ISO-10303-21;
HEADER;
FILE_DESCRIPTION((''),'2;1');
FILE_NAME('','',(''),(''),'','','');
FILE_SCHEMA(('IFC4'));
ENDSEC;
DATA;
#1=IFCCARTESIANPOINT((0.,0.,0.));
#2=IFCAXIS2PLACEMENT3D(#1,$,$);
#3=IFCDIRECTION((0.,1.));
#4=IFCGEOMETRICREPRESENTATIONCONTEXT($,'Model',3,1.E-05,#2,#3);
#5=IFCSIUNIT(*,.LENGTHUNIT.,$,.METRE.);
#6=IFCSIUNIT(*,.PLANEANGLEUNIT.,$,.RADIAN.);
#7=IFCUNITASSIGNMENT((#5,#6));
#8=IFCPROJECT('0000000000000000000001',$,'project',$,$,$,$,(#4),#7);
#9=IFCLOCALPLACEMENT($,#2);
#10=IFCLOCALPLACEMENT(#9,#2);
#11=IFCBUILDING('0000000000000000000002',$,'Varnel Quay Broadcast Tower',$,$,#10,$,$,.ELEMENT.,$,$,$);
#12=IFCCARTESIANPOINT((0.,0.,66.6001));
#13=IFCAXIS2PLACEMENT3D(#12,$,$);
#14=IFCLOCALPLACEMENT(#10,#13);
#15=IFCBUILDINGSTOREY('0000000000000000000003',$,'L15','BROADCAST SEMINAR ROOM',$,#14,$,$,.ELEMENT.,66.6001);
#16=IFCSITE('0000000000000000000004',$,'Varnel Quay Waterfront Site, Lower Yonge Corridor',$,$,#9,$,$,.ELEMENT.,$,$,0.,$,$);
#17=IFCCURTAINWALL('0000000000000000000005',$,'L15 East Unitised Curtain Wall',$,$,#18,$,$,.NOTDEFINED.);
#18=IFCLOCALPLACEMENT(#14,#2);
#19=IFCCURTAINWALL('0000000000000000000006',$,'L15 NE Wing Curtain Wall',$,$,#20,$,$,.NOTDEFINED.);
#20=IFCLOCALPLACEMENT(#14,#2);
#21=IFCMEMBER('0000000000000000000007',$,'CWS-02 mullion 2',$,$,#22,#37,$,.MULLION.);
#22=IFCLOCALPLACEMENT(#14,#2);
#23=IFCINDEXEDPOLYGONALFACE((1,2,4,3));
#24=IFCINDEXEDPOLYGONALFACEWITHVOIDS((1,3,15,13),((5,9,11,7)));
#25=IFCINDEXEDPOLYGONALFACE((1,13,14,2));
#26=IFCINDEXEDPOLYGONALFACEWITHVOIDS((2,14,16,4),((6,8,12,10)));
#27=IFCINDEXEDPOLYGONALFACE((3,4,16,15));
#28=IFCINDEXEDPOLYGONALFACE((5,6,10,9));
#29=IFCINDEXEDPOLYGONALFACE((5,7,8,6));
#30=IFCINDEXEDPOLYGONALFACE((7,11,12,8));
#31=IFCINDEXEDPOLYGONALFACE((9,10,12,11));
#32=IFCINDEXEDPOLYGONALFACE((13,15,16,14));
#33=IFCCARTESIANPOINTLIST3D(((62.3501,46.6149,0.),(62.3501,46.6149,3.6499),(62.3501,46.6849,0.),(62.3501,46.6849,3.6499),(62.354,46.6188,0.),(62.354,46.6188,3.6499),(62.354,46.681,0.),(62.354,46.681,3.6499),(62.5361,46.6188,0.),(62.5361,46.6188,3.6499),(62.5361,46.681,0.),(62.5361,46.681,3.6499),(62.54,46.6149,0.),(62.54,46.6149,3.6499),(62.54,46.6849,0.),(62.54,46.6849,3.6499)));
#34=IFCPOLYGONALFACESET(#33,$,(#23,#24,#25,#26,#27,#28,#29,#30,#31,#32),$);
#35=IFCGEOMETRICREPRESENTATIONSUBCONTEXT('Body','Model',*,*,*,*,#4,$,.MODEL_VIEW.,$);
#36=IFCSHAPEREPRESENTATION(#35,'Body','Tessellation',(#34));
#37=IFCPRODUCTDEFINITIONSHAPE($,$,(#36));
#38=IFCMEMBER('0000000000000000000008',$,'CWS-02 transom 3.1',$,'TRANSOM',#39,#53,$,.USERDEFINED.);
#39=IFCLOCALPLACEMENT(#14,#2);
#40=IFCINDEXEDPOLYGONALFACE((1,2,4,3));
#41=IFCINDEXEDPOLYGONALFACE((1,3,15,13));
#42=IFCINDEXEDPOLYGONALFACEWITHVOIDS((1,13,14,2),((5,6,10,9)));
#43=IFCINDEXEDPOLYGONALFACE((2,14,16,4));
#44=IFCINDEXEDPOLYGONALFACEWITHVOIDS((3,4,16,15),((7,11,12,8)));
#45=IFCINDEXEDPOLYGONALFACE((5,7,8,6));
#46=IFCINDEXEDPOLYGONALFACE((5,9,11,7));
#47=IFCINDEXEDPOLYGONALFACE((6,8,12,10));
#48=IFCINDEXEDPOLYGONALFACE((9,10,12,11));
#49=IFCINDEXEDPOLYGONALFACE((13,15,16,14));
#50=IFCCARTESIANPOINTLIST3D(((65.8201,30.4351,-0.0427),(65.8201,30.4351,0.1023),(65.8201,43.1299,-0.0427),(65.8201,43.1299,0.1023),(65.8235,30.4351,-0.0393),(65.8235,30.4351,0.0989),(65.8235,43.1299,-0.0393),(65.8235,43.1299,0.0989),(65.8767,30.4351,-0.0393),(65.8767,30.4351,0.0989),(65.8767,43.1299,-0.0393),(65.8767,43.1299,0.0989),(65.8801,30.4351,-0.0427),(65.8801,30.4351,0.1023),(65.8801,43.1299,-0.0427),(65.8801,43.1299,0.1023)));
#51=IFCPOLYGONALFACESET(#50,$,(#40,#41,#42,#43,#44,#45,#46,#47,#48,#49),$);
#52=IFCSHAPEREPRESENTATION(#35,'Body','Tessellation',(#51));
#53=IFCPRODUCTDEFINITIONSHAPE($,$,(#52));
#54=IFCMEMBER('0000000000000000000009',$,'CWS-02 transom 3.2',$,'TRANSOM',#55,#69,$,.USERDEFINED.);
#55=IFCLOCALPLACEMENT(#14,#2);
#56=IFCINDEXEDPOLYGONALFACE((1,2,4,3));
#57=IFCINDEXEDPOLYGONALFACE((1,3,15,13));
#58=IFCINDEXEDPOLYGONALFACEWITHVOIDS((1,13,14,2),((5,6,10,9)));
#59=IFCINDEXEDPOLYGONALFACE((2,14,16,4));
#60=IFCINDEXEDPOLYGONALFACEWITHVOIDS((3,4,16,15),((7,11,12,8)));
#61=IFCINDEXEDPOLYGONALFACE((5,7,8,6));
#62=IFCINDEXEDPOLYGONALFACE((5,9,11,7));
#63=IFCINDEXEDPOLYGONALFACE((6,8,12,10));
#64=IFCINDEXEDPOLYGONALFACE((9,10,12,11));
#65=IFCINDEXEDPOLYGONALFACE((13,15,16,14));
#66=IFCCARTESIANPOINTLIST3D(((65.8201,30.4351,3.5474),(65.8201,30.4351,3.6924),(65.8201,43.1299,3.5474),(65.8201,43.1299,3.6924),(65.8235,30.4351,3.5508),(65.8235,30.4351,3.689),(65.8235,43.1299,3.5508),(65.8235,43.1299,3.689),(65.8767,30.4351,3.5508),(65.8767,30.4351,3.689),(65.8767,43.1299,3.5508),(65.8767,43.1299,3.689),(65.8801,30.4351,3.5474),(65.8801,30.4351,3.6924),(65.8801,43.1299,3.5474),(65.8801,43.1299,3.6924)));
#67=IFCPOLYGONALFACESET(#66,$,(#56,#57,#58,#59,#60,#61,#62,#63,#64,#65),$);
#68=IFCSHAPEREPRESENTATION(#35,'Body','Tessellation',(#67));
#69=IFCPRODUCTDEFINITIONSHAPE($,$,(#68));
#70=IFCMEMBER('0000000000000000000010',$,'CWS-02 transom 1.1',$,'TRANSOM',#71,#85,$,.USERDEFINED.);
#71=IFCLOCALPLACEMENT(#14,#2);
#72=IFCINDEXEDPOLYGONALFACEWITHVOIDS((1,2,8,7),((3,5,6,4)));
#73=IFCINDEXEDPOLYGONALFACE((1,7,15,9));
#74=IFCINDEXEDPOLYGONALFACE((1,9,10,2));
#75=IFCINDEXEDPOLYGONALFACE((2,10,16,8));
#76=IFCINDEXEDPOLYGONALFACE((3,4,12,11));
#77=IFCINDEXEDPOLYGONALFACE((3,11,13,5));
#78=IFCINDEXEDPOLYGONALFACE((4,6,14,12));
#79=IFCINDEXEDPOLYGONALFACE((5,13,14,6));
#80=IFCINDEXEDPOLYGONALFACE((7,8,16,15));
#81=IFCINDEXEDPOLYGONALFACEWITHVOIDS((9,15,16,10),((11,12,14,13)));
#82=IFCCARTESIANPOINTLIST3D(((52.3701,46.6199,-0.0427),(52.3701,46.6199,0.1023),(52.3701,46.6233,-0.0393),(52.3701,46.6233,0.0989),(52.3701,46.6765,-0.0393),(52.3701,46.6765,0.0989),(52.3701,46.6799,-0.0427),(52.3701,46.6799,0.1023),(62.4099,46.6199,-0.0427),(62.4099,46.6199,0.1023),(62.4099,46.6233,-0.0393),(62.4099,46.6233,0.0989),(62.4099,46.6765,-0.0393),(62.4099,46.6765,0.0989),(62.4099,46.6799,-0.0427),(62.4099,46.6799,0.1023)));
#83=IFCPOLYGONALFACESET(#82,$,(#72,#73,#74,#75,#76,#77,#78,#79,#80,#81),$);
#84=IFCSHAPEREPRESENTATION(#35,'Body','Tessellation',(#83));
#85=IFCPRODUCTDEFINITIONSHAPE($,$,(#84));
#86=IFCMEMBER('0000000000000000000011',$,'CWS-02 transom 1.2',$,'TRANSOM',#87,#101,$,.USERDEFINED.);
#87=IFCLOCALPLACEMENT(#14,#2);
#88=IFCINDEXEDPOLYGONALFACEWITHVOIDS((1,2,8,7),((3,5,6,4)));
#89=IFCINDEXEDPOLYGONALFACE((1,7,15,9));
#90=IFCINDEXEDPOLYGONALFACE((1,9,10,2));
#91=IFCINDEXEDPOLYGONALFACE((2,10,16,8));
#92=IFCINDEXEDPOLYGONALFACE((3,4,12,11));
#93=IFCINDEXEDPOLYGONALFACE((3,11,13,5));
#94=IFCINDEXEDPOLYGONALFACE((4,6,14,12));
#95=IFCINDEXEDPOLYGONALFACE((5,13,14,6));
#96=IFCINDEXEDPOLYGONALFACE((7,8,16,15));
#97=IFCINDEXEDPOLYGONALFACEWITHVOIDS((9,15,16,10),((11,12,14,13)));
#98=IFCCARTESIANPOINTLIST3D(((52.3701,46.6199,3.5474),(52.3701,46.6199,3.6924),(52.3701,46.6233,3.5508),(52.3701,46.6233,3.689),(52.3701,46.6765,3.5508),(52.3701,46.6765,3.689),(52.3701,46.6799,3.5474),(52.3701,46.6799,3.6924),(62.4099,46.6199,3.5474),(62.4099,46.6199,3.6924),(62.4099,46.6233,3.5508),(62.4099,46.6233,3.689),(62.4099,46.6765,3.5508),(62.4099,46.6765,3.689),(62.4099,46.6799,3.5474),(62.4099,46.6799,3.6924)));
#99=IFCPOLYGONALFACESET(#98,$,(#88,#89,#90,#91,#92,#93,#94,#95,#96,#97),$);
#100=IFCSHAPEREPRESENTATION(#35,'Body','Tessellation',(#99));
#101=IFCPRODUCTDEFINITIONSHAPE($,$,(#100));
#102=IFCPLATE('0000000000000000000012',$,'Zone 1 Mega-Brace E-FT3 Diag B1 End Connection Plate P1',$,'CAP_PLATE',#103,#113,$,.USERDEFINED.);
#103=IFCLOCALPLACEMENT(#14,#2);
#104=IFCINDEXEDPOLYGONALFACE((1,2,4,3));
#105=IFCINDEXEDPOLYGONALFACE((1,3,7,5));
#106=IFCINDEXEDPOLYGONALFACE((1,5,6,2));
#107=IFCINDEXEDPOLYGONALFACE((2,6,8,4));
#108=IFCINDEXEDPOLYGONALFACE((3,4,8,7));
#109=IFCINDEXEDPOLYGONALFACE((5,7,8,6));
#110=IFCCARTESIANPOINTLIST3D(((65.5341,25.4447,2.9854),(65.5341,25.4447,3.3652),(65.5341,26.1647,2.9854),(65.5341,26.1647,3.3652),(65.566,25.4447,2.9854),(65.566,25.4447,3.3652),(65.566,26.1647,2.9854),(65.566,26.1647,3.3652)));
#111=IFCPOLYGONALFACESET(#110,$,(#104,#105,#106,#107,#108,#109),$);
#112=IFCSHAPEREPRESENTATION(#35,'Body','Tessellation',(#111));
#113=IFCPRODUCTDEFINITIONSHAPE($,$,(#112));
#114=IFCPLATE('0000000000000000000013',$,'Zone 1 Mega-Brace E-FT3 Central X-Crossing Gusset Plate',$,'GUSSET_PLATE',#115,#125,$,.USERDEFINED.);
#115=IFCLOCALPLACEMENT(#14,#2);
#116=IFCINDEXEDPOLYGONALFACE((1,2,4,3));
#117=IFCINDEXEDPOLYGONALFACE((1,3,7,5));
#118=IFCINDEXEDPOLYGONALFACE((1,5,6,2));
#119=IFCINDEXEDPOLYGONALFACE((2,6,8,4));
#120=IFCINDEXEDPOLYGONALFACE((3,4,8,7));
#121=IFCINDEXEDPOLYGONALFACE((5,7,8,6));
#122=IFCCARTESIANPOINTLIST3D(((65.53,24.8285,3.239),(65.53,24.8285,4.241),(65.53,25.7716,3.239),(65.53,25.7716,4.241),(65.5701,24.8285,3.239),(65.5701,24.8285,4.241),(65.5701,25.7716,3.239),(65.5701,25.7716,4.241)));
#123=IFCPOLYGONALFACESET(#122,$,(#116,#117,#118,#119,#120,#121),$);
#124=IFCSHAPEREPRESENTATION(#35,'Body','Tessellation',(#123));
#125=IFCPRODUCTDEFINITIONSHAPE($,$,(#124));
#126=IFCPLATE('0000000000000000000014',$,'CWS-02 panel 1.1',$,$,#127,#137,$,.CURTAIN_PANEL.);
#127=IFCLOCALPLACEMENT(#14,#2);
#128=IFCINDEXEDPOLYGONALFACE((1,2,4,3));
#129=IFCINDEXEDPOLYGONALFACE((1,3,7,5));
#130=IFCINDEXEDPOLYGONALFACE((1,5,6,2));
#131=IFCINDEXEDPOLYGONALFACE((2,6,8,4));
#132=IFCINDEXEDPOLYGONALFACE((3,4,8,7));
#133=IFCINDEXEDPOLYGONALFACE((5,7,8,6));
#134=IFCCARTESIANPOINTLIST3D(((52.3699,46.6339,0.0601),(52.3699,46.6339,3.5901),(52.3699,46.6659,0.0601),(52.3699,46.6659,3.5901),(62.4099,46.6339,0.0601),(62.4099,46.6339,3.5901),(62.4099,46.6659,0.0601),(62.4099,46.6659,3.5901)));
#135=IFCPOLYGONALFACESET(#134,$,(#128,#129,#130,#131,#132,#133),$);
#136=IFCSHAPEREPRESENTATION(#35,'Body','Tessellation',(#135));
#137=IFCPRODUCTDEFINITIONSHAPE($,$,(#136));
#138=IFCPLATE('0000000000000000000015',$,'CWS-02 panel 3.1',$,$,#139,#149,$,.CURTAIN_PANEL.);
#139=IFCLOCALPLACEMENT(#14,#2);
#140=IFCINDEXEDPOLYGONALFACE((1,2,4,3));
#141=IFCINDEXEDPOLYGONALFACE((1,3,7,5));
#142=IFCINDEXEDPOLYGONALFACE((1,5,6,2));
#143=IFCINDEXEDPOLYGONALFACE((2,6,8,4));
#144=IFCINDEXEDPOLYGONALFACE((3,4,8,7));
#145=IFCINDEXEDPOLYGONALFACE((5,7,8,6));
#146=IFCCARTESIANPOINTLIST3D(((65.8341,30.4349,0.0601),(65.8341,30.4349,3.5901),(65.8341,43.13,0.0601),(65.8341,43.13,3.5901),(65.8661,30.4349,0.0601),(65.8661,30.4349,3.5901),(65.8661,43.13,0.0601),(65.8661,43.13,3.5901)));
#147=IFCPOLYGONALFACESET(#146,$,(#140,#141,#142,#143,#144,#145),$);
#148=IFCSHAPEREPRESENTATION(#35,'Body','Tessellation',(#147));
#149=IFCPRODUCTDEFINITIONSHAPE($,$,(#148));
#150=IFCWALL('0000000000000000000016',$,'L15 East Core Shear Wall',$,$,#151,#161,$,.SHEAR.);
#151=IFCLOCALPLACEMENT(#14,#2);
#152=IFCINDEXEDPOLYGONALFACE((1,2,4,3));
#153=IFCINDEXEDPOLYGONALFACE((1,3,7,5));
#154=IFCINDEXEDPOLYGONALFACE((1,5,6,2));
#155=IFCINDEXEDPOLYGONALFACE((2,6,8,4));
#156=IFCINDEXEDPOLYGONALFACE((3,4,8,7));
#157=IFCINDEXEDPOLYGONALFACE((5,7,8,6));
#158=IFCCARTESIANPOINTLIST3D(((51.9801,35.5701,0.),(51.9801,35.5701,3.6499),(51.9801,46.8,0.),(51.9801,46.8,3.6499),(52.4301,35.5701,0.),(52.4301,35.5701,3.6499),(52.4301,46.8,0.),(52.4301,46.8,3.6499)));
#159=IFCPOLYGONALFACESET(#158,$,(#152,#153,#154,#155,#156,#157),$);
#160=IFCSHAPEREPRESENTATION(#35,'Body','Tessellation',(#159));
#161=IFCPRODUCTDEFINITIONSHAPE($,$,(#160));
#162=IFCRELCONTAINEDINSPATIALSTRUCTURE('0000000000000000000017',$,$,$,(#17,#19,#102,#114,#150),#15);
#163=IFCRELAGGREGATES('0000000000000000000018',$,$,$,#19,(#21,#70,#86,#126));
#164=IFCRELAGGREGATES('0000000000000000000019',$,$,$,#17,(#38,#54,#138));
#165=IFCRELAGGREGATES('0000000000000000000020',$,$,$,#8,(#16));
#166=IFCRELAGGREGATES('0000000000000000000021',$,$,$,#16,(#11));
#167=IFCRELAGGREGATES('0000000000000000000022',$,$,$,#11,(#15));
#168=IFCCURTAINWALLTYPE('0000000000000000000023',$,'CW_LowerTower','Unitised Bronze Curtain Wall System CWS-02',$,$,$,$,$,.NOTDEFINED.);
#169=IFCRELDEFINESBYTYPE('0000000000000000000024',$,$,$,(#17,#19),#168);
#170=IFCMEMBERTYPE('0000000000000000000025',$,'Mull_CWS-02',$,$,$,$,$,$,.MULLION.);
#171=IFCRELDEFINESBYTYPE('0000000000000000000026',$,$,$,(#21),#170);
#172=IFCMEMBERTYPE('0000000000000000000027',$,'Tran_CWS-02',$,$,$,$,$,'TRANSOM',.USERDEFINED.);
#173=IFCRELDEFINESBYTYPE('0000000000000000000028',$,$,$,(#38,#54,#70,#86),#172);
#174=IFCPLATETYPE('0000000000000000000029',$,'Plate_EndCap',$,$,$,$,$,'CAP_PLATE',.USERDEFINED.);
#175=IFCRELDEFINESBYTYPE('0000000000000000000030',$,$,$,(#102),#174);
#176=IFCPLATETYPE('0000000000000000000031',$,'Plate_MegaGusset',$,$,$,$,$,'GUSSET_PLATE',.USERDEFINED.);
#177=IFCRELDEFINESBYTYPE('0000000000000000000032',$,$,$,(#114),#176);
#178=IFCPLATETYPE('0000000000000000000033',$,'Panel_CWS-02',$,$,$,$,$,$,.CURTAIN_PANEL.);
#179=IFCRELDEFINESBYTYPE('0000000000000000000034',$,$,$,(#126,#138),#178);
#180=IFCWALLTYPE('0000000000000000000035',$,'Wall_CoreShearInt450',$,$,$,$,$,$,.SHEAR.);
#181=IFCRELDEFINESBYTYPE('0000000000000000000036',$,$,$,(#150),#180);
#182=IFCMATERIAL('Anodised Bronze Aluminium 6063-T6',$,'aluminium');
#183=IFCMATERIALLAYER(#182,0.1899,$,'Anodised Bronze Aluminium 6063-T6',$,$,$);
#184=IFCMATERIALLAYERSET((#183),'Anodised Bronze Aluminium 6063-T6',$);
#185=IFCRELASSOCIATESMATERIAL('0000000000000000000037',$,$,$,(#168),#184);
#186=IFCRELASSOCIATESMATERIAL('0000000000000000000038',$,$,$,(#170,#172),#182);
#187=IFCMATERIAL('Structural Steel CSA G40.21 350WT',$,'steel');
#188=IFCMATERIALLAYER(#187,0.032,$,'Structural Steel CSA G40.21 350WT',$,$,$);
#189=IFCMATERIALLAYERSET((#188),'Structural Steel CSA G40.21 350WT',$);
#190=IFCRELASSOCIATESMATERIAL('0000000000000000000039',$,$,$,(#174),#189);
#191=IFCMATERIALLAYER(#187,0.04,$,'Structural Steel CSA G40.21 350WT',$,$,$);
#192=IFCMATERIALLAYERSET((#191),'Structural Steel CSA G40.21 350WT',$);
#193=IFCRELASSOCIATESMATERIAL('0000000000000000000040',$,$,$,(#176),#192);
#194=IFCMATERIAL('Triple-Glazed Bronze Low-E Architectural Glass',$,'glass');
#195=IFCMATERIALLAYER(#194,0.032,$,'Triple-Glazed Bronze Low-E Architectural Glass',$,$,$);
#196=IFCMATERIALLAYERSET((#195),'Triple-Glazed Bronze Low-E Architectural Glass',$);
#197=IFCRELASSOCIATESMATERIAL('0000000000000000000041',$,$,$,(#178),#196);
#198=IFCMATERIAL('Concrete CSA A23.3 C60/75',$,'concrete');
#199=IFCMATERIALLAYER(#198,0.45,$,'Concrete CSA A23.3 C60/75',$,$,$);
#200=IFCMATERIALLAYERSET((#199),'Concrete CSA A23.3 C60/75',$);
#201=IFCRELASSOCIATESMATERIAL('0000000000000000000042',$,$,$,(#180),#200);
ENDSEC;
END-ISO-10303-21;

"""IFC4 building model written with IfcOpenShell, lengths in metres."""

from ifc_helpers import new_model, si_unit, direction, frame, frame_2d, origin, origin_2d, place, context, subcontext, project, spatial, rectangle, hollow_rectangle, extrude, source, transform, mapped, material, layer, layer_set, material_profile, profile_set, type_object, type_shapes, element, aggregate, save


model = new_model("IFC4")

# Units and contexts
model_context = context("Model", 3, precision=1e-05, world=origin(), true_north=direction((0.0, 1.0)))
body_context = subcontext(model_context, "Body", "Model", "MODEL_VIEW")
ifc_project = project(units=[si_unit("LENGTHUNIT", "METRE"), si_unit("PLANEANGLEUNIT", "RADIAN")], contexts=[model_context])

# Site, building, storey
site_placement = place(None, origin())
site = spatial("IfcSite", under=ifc_project, at=site_placement, Name="Varnel Quay Waterfront Site, Lower Yonge Corridor", CompositionType="ELEMENT", RefElevation=0.0)
building_placement = place(site_placement, origin())
building = spatial("IfcBuilding", under=site, at=building_placement, Name="Varnel Quay Broadcast Tower", CompositionType="ELEMENT")
storey_placement = place(building_placement, frame((0.0, 0.0, 66.6001)))
storey = spatial("IfcBuildingStorey", under=building, at=storey_placement, Name="L15", Description="BROADCAST SEMINAR ROOM", CompositionType="ELEMENT", Elevation=66.6001)

# Shared definitions
ifc_material_1 = material(Name="Structural Steel CSA G40.21 350WT", Category="steel")

# Curtain walls, member
ifc_material_2 = material(Name="Anodised Bronze Aluminium 6063-T6", Category="aluminium")
ifc_layer_1 = layer(ifc_material_2, 0.1899, Name="Anodised Bronze Aluminium 6063-T6")
ifc_layer_set_1 = layer_set([ifc_layer_1], Name="Anodised Bronze Aluminium 6063-T6")
curtain_wall_type = type_object("IfcCurtainWallType", Name="CW_LowerTower", Description="Unitised Bronze Curtain Wall System CWS-02", PredefinedType="NOTDEFINED", material=ifc_layer_set_1)
curtain_wall_1_placement = place(storey_placement, origin())
curtain_wall_1 = element("IfcCurtainWall", 1, at=curtain_wall_1_placement, inside=storey, type_object=curtain_wall_type, Name="L15 East Unitised Curtain Wall", PredefinedType="NOTDEFINED")
ifc_material_profile_1 = material_profile(ifc_material_2, hollow_rectangle(XDim=0.0701, YDim=0.1899, WallThickness=0.0039, at=origin_2d()), Name="ALU70X190X4")
ifc_profile_set_1 = profile_set([ifc_material_profile_1], Name="Anodised Bronze Aluminium 6063-T6")
member_type_1 = type_object("IfcMemberType", Name="Mull_CWS-02", PredefinedType="MULLION", material=ifc_profile_set_1)
shared_shape_1 = source(origin(), body_context, "Body", "SweptSolid", [
    extrude(hollow_rectangle(XDim=0.0701, YDim=0.1899, WallThickness=0.0039, at=origin_2d()), origin(), (0.0, 0.0, 1.0), 3.6499),
])
type_shapes(member_type_1, [shared_shape_1])
curtain_wall_2_placement = place(storey_placement, origin())
curtain_wall_2 = element("IfcCurtainWall", 2, at=curtain_wall_2_placement, inside=storey, type_object=curtain_wall_type, Name="L15 NE Wing Curtain Wall", PredefinedType="NOTDEFINED")
member_1_placement = place(storey_placement, frame((62.4451, 46.6499, 0.0), z_axis=(0.0, 0.0, 1.0), x_axis=(0.0, 1.0, 0.0)))
member_1 = element("IfcMember", 3, at=member_1_placement, type_object=member_type_1, Name="CWS-02 mullion 2", PredefinedType="MULLION", context=body_context, shape_type="MappedRepresentation", body=[
    mapped(shared_shape_1, transform((0.0, 0.0, 0.0), x_axis=(1.0, 0.0, 0.0), y_axis=(0.0, 1.0, 0.0), z_axis=(0.0, 0.0, 1.0), scale=1.0)),
])

# Members
ifc_material_profile_2 = material_profile(ifc_material_2, hollow_rectangle(XDim=0.0601, YDim=0.145, WallThickness=0.0034, at=origin_2d()), Name="ALU60X145X3.5")
ifc_profile_set_2 = profile_set([ifc_material_profile_2], Name="Anodised Bronze Aluminium 6063-T6")
member_type_2 = type_object("IfcMemberType", Name="Tran_CWS-02", ElementType="TRANSOM", PredefinedType="USERDEFINED", material=ifc_profile_set_2)
shared_shape_2 = source(origin(), body_context, "Body", "SweptSolid", [
    extrude(hollow_rectangle(XDim=0.0601, YDim=0.145, WallThickness=0.0034, at=origin_2d()), origin(), (0.0, 0.0, 1.0), 12.6948),
])
member_2_placement = place(storey_placement, frame((65.8501, 30.4351, 0.0298), z_axis=(0.0, 1.0, 0.0), x_axis=(-1.0, 0.0, 0.0)))
member_2 = element("IfcMember", 4, at=member_2_placement, type_object=member_type_2, Name="CWS-02 transom 3.1", ObjectType="TRANSOM", PredefinedType="USERDEFINED", context=body_context, shape_type="MappedRepresentation", body=[
    mapped(shared_shape_2, transform((0.0, 0.0, 0.0), x_axis=(1.0, 0.0, 0.0), y_axis=(0.0, 1.0, 0.0), z_axis=(0.0, 0.0, 1.0), scale=1.0)),
])
member_3_placement = place(storey_placement, frame((65.8501, 30.4351, 3.6199), z_axis=(0.0, 1.0, 0.0), x_axis=(-1.0, 0.0, 0.0)))
member_3 = element("IfcMember", 5, at=member_3_placement, type_object=member_type_2, Name="CWS-02 transom 3.2", ObjectType="TRANSOM", PredefinedType="USERDEFINED", context=body_context, shape_type="MappedRepresentation", body=[
    mapped(shared_shape_2, transform((0.0, 0.0, 0.0), x_axis=(1.0, 0.0, 0.0), y_axis=(0.0, 1.0, 0.0), z_axis=(0.0, 0.0, 1.0), scale=1.0)),
])
shared_shape_3 = source(origin(), body_context, "Body", "SweptSolid", [
    extrude(hollow_rectangle(XDim=0.0601, YDim=0.145, WallThickness=0.0034, at=origin_2d()), origin(), (0.0, 0.0, 1.0), 10.0398),
])
type_shapes(member_type_2, [shared_shape_2, shared_shape_3])
member_4_placement = place(storey_placement, frame((52.3701, 46.6499, 0.0298), z_axis=(1.0, 0.0, 0.0), x_axis=(0.0, 1.0, 0.0)))
member_4 = element("IfcMember", 6, at=member_4_placement, type_object=member_type_2, Name="CWS-02 transom 1.1", ObjectType="TRANSOM", PredefinedType="USERDEFINED", context=body_context, shape_type="MappedRepresentation", body=[
    mapped(shared_shape_3, transform((0.0, 0.0, 0.0), x_axis=(1.0, 0.0, 0.0), y_axis=(0.0, 1.0, 0.0), z_axis=(0.0, 0.0, 1.0), scale=1.0)),
])
member_5_placement = place(storey_placement, frame((52.3701, 46.6499, 3.6199), z_axis=(1.0, 0.0, 0.0), x_axis=(0.0, 1.0, 0.0)))
member_5 = element("IfcMember", 7, at=member_5_placement, type_object=member_type_2, Name="CWS-02 transom 1.2", ObjectType="TRANSOM", PredefinedType="USERDEFINED", context=body_context, shape_type="MappedRepresentation", body=[
    mapped(shared_shape_3, transform((0.0, 0.0, 0.0), x_axis=(1.0, 0.0, 0.0), y_axis=(0.0, 1.0, 0.0), z_axis=(0.0, 0.0, 1.0), scale=1.0)),
])

# Plates
ifc_layer_2 = layer(ifc_material_1, 0.032, Name="Structural Steel CSA G40.21 350WT")
ifc_layer_set_2 = layer_set([ifc_layer_2], Name="Structural Steel CSA G40.21 350WT")
plate_type_1 = type_object("IfcPlateType", Name="Plate_EndCap", ElementType="CAP_PLATE", PredefinedType="USERDEFINED", material=ifc_layer_set_2)
shared_shape_4 = source(origin(), body_context, "Body", "SweptSolid", [
    extrude(rectangle(XDim=0.72, YDim=0.032, at=origin_2d()), origin(), (0.0, 0.0, 1.0), 0.3799),
])
type_shapes(plate_type_1, [shared_shape_4])
plate_1_placement = place(storey_placement, frame((65.55, 25.8047, 2.9854), z_axis=(0.0, 0.0, 1.0), x_axis=(0.0, 1.0, 0.0)))
element("IfcPlate", 8, at=plate_1_placement, inside=storey, type_object=plate_type_1, Name="Zone 1 Mega-Brace E-FT3 Diag B1 End Connection Plate P1", ObjectType="CAP_PLATE", PredefinedType="USERDEFINED", context=body_context, shape_type="MappedRepresentation", body=[
    mapped(shared_shape_4, transform((0.0, 0.0, 0.0), x_axis=(1.0, 0.0, 0.0), y_axis=(0.0, 1.0, 0.0), z_axis=(0.0, 0.0, 1.0), scale=1.0)),
])
ifc_layer_3 = layer(ifc_material_1, 0.04, Name="Structural Steel CSA G40.21 350WT")
ifc_layer_set_3 = layer_set([ifc_layer_3], Name="Structural Steel CSA G40.21 350WT")
plate_type_2 = type_object("IfcPlateType", Name="Plate_MegaGusset", ElementType="GUSSET_PLATE", PredefinedType="USERDEFINED", material=ifc_layer_set_3)
shared_shape_5 = source(origin(), body_context, "Body", "SweptSolid", [
    extrude(rectangle(XDim=0.9431, YDim=0.04, at=origin_2d()), origin(), (0.0, 0.0, 1.0), 1.002),
])
type_shapes(plate_type_2, [shared_shape_5])
plate_2_placement = place(storey_placement, frame((65.55, 25.3, 3.239), z_axis=(0.0, 0.0, 1.0), x_axis=(0.0, 1.0, 0.0)))
element("IfcPlate", 9, at=plate_2_placement, inside=storey, type_object=plate_type_2, Name="Zone 1 Mega-Brace E-FT3 Central X-Crossing Gusset Plate", ObjectType="GUSSET_PLATE", PredefinedType="USERDEFINED", context=body_context, shape_type="MappedRepresentation", body=[
    mapped(shared_shape_5, transform((0.0, 0.0, 0.0), x_axis=(1.0, 0.0, 0.0), y_axis=(0.0, 1.0, 0.0), z_axis=(0.0, 0.0, 1.0), scale=1.0)),
])

# Plates
ifc_material_3 = material(Name="Triple-Glazed Bronze Low-E Architectural Glass", Category="glass")
ifc_layer_4 = layer(ifc_material_3, 0.032, Name="Triple-Glazed Bronze Low-E Architectural Glass")
ifc_layer_set_4 = layer_set([ifc_layer_4], Name="Triple-Glazed Bronze Low-E Architectural Glass")
plate_type_3 = type_object("IfcPlateType", Name="Panel_CWS-02", PredefinedType="CURTAIN_PANEL", material=ifc_layer_set_4)
shared_shape_6 = source(origin(), body_context, "Body", "SweptSolid", [
    extrude(rectangle(XDim=10.04, YDim=0.032, at=origin_2d()), origin(), (0.0, 0.0, 1.0), 3.53),
])
plate_3_placement = place(storey_placement, frame((57.3899, 46.6499, 0.0601), z_axis=(0.0, 0.0, 1.0), x_axis=(1.0, 0.0, 0.0)))
plate_3 = element("IfcPlate", 10, at=plate_3_placement, type_object=plate_type_3, Name="CWS-02 panel 1.1", PredefinedType="CURTAIN_PANEL", context=body_context, shape_type="MappedRepresentation", body=[
    mapped(shared_shape_6, transform((0.0, 0.0, 0.0), x_axis=(1.0, 0.0, 0.0), y_axis=(0.0, 1.0, 0.0), z_axis=(0.0, 0.0, 1.0), scale=1.0)),
])
aggregate(curtain_wall_2, [member_1, member_4, member_5, plate_3])
shared_shape_7 = source(origin(), body_context, "Body", "SweptSolid", [
    extrude(rectangle(XDim=12.6951, YDim=0.032, at=origin_2d()), origin(), (0.0, 0.0, 1.0), 3.53),
])
type_shapes(plate_type_3, [shared_shape_6, shared_shape_7])
plate_4_placement = place(storey_placement, frame((65.8501, 36.7825, 0.0601), z_axis=(0.0, 0.0, 1.0), x_axis=(0.0, 1.0, 0.0)))
plate_4 = element("IfcPlate", 11, at=plate_4_placement, type_object=plate_type_3, Name="CWS-02 panel 3.1", PredefinedType="CURTAIN_PANEL", context=body_context, shape_type="MappedRepresentation", body=[
    mapped(shared_shape_7, transform((0.0, 0.0, 0.0), x_axis=(1.0, 0.0, 0.0), y_axis=(0.0, 1.0, 0.0), z_axis=(0.0, 0.0, 1.0), scale=1.0)),
])
aggregate(curtain_wall_1, [member_2, member_3, plate_4])

# Wall
ifc_material_4 = material(Name="Concrete CSA A23.3 C60/75", Category="concrete")
ifc_layer_5 = layer(ifc_material_4, 0.45, Name="Concrete CSA A23.3 C60/75")
ifc_layer_set_5 = layer_set([ifc_layer_5], Name="Concrete CSA A23.3 C60/75")
wall_type_1 = type_object("IfcWallType", Name="Wall_CoreShearInt450", PredefinedType="SHEAR", material=ifc_layer_set_5)
wall_1_placement = place(storey_placement, frame((52.2051, 35.5701, 0.0), z_axis=(0.0, 0.0, 1.0), x_axis=(0.0, 1.0, 0.0)))
element("IfcWall", 12, at=wall_1_placement, inside=storey, type_object=wall_type_1, Name="L15 East Core Shear Wall", PredefinedType="SHEAR", context=body_context, shape_type="SweptSolid", body=[
    extrude(rectangle(XDim=11.23, YDim=0.45, at=frame_2d((5.615, 0.0))), origin(), (0.0, 0.0, 1.0), 3.6499),
])

save(model, "model.ifc")
